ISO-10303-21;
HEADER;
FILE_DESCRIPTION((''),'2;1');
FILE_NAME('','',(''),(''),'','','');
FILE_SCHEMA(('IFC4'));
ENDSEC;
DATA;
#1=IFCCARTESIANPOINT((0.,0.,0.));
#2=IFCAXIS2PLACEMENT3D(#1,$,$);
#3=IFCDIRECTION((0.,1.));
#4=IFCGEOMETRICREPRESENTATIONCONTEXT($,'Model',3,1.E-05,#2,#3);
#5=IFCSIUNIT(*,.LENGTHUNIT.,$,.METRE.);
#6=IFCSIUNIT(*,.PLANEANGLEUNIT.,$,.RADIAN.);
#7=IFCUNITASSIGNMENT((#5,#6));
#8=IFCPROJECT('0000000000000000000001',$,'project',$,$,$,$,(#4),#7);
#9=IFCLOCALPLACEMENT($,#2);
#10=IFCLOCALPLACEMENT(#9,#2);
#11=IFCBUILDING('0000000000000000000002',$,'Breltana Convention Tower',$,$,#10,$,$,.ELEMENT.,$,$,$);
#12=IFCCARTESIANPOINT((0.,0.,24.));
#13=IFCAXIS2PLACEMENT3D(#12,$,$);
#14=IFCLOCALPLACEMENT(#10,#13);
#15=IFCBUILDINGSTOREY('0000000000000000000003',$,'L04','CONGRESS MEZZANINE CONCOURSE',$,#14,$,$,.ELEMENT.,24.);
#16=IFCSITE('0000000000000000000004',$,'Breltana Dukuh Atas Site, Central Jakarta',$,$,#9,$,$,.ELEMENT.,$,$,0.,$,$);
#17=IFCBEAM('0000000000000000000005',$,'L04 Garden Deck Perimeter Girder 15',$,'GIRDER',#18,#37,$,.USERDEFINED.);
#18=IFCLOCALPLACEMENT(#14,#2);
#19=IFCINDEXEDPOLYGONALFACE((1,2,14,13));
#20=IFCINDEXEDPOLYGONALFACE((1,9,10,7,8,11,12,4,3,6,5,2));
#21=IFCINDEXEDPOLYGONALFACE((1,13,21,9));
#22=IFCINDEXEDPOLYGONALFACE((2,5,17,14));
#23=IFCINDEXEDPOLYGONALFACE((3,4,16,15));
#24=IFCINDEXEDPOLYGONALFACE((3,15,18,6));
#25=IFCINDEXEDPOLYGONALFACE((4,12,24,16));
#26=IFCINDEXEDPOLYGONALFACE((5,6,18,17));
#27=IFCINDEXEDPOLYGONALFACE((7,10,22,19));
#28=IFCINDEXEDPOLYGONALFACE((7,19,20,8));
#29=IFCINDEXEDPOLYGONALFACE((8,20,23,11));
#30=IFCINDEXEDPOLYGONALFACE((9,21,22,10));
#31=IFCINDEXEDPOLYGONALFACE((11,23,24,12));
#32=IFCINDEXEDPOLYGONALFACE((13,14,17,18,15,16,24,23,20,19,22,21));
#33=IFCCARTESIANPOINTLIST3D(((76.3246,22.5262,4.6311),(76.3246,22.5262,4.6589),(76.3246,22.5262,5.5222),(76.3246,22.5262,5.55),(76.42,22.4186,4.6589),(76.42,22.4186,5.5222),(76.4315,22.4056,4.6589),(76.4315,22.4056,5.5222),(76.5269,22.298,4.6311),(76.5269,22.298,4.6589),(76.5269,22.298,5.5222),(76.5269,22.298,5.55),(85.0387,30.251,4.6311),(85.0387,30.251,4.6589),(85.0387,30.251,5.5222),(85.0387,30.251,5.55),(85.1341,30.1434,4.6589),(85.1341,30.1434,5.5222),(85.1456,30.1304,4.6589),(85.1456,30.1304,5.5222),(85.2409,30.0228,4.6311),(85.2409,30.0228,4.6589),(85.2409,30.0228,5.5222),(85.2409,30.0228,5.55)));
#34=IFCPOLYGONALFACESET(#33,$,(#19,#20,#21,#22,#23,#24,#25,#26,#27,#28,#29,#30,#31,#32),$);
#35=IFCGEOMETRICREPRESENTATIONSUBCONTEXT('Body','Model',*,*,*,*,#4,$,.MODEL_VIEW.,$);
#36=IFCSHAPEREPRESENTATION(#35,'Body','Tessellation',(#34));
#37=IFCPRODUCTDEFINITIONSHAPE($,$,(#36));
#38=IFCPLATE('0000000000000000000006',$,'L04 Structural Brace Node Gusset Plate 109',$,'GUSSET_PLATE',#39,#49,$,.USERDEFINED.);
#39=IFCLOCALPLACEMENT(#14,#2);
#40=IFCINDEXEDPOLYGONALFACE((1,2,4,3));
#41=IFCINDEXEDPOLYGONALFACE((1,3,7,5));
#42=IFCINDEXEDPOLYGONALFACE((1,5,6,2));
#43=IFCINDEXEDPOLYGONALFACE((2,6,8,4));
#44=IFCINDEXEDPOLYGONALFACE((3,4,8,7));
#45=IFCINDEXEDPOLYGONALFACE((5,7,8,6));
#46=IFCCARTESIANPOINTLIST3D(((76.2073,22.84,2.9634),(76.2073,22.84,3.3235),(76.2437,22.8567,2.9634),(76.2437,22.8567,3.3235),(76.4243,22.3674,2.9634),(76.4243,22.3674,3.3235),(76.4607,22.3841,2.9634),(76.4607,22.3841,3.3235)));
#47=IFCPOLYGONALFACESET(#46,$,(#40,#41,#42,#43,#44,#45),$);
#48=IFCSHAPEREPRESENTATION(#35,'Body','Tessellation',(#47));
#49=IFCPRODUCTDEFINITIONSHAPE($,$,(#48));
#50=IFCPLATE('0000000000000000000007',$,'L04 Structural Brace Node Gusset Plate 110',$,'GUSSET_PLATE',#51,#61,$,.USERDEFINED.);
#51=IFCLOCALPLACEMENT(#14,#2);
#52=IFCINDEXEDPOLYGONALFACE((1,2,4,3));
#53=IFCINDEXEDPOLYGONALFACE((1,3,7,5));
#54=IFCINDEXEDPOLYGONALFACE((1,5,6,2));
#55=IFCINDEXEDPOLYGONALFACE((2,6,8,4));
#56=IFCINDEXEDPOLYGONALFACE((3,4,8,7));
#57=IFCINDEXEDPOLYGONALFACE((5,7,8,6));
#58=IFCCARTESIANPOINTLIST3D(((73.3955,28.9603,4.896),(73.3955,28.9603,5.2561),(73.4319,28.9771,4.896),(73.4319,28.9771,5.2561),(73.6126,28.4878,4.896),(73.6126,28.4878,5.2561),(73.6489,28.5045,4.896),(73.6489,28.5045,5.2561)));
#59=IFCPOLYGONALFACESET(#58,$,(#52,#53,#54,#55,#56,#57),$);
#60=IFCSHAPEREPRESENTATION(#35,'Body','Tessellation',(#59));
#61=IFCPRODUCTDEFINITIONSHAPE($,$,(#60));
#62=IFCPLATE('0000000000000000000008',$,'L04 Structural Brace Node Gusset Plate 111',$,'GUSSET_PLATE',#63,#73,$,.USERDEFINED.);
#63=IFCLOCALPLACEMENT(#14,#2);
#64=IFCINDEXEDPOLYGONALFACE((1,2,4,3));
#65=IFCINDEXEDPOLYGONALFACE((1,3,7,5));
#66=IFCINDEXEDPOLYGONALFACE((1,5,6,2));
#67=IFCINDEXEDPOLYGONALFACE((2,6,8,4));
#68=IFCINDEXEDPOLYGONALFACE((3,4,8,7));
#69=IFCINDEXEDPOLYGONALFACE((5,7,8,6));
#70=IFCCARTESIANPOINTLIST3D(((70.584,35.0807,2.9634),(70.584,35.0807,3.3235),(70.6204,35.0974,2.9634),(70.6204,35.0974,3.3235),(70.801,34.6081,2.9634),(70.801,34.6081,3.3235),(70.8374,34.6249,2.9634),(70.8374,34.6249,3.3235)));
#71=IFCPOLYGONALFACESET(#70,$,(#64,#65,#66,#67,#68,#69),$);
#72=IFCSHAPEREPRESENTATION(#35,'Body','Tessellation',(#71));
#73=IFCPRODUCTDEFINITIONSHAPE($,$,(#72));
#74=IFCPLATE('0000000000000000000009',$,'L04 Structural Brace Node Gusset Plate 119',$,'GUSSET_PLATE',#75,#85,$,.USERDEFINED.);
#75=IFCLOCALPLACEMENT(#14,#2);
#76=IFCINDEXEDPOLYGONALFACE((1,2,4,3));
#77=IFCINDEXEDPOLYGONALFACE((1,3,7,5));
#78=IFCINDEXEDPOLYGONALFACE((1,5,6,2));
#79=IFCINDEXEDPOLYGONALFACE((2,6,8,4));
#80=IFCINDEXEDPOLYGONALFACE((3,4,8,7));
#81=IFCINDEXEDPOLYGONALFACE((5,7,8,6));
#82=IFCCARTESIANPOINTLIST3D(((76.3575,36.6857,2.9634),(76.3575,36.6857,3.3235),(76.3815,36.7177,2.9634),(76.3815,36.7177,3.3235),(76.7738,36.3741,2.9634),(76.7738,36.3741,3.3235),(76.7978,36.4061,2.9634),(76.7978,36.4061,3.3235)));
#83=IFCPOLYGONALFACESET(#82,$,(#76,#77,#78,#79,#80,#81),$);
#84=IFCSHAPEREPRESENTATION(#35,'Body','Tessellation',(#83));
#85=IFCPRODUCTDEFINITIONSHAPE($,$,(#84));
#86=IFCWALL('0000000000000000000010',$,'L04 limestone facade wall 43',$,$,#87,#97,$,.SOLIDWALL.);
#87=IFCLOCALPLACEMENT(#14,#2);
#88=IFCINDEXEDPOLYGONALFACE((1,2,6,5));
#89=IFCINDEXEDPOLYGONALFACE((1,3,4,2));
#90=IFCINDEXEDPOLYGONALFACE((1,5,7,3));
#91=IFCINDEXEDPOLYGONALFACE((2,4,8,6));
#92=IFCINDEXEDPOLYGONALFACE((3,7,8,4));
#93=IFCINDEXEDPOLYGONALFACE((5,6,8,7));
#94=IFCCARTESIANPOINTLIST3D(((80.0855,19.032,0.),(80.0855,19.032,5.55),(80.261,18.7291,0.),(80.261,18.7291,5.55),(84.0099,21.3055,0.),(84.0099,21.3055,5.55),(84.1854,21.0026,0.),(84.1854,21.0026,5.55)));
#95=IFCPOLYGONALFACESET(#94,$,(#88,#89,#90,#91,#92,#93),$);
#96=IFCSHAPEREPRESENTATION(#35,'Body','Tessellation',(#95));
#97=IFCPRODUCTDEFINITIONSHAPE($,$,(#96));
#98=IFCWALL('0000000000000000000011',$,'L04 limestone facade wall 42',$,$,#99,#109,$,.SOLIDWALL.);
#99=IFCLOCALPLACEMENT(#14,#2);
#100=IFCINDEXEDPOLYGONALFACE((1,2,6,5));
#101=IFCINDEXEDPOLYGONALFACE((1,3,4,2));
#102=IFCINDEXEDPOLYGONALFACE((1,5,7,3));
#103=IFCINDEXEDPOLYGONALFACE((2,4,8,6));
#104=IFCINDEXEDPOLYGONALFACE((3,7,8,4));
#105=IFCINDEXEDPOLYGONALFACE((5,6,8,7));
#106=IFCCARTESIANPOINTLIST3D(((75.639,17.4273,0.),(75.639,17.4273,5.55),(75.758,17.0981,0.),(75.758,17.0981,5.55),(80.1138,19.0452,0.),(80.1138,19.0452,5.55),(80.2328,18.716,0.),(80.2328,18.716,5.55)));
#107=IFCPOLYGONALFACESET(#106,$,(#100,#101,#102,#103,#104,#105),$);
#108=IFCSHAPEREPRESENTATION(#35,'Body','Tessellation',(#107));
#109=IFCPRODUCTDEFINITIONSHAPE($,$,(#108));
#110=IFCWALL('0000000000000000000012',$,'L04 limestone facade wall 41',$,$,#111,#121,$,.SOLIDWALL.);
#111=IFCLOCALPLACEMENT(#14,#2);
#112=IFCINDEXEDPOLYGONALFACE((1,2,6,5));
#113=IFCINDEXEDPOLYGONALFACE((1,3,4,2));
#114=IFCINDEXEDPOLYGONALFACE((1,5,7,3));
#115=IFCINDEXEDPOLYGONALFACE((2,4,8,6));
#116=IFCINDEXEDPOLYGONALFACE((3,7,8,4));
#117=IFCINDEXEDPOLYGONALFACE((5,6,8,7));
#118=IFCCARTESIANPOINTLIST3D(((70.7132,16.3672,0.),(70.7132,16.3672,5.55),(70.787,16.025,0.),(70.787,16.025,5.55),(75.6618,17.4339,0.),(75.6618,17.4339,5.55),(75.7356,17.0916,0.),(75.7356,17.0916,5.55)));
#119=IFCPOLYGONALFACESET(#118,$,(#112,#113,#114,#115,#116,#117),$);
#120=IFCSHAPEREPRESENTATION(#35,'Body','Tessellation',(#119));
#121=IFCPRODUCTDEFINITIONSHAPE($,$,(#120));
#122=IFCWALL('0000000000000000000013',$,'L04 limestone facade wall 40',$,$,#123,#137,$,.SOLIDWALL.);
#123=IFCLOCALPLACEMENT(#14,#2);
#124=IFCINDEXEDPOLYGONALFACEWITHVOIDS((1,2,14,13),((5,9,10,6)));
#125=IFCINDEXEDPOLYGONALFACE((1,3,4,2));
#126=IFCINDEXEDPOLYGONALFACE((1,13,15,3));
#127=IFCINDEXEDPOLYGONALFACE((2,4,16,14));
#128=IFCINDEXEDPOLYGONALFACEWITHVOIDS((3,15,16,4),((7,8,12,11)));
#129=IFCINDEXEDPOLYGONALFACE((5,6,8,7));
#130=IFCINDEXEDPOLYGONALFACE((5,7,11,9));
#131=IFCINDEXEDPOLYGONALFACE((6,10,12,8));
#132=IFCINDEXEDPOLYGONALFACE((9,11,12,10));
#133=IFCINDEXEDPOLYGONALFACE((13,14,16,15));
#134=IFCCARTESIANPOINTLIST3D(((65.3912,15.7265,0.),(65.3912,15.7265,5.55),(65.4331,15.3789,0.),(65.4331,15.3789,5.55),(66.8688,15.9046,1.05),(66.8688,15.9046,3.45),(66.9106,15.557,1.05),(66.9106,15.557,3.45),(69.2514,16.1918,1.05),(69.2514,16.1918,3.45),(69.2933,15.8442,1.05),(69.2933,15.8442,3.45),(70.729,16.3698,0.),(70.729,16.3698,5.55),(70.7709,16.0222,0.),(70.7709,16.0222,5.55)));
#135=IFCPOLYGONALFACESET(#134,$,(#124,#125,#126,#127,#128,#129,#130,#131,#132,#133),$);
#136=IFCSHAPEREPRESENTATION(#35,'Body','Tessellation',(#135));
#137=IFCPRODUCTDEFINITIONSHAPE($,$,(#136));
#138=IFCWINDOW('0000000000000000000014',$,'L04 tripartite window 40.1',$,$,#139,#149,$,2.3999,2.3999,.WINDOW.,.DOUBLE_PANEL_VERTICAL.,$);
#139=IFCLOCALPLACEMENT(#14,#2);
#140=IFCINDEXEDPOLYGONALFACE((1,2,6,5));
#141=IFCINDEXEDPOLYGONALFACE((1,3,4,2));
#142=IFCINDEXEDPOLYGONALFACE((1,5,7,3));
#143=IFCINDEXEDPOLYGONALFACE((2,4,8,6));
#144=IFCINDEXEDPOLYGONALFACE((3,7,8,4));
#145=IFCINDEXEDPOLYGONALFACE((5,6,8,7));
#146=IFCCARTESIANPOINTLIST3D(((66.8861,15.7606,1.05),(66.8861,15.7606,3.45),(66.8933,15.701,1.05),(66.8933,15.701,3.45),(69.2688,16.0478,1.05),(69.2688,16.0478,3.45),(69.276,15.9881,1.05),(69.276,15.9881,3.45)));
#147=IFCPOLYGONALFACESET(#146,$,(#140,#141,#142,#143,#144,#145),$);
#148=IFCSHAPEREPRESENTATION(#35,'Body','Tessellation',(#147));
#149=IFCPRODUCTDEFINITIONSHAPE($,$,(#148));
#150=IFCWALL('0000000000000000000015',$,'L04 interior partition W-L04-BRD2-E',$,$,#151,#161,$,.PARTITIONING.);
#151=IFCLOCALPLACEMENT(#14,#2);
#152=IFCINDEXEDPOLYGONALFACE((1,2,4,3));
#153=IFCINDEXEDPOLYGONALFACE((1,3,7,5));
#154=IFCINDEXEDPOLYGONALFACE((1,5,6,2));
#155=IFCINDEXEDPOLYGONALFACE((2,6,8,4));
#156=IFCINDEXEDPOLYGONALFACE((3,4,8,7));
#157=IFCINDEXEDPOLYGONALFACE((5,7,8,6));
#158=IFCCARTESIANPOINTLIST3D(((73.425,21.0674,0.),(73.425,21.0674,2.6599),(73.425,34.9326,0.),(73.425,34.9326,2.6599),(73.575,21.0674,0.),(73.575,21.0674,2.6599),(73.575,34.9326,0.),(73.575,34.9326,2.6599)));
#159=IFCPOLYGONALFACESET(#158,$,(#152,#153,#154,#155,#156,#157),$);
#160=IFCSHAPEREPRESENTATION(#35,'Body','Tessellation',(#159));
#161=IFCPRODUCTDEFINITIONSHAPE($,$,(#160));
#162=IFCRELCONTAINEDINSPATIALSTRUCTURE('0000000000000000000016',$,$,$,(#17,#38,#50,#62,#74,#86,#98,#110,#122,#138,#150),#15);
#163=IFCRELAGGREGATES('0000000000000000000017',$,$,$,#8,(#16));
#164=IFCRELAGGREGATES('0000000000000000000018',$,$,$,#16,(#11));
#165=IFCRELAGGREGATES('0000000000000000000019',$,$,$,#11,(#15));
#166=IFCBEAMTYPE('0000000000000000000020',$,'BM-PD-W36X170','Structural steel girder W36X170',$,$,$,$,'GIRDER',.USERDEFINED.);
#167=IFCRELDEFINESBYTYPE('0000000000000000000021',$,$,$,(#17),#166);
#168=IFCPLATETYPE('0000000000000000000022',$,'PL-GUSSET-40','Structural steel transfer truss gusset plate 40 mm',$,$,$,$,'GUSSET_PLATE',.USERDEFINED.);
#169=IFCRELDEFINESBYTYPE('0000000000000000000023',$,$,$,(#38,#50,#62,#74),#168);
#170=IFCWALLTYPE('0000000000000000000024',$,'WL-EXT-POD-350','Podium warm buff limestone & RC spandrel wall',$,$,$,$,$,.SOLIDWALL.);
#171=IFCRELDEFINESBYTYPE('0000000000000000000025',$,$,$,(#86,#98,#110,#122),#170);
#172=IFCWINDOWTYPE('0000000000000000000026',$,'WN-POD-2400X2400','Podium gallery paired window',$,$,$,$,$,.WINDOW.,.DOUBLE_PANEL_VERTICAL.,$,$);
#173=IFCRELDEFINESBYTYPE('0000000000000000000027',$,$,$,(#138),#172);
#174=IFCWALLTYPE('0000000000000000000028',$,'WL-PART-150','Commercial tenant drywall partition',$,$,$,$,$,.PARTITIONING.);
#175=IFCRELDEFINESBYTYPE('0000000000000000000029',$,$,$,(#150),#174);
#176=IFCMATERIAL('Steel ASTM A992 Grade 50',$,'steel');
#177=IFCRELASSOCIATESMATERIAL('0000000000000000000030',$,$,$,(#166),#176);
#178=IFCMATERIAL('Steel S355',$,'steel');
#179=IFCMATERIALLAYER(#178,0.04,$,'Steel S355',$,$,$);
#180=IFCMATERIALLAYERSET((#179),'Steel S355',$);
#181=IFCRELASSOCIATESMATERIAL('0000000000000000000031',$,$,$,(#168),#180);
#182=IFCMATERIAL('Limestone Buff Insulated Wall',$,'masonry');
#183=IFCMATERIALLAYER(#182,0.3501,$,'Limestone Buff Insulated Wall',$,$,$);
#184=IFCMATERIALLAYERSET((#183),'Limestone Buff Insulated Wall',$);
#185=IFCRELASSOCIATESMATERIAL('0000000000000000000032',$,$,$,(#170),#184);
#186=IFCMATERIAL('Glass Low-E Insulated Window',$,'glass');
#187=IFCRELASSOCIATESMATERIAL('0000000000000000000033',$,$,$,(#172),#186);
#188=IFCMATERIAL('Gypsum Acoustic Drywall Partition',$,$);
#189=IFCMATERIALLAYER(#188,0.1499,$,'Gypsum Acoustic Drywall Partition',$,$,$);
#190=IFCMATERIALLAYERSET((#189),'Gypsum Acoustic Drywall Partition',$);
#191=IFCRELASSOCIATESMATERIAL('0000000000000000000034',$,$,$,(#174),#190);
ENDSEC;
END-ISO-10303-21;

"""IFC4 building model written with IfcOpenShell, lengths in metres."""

from ifc_helpers import new_model, si_unit, direction, frame, frame_2d, origin, origin_2d, place, context, subcontext, project, spatial, rectangle, i_section, extrude, source, transform, mapped, material, layer, layer_set, material_profile, profile_set, type_object, type_shapes, element, fill, save


model = new_model("IFC4")

# Units and contexts
model_context = context("Model", 3, precision=1e-05, world=origin(), true_north=direction((0.0, 1.0)))
body_context = subcontext(model_context, "Body", "Model", "MODEL_VIEW")
ifc_project = project(units=[si_unit("LENGTHUNIT", "METRE"), si_unit("PLANEANGLEUNIT", "RADIAN")], contexts=[model_context])

# Site, building, storey
site_placement = place(None, origin())
site = spatial("IfcSite", under=ifc_project, at=site_placement, Name="Breltana Dukuh Atas Site, Central Jakarta", CompositionType="ELEMENT", RefElevation=0.0)
building_placement = place(site_placement, origin())
building = spatial("IfcBuilding", under=site, at=building_placement, Name="Breltana Convention Tower", CompositionType="ELEMENT")
storey_placement = place(building_placement, frame((0.0, 0.0, 24.0)))
storey = spatial("IfcBuildingStorey", under=building, at=storey_placement, Name="L04", Description="CONGRESS MEZZANINE CONCOURSE", CompositionType="ELEMENT", Elevation=24.0)

# Shared definitions
ifc_material_1 = material(Name="Steel ASTM A992 Grade 50", Category="steel")

# Beam
ifc_material_profile_1 = material_profile(ifc_material_1, i_section(OverallWidth=0.3049, OverallDepth=0.9189, WebThickness=0.0173, FlangeThickness=0.0278, at=origin_2d()), Name="W36X170")
ifc_profile_set_1 = profile_set([ifc_material_profile_1], Name="Steel ASTM A992 Grade 50")
beam_type_1 = type_object("IfcBeamType", Name="BM-PD-W36X170", Description="Structural steel girder W36X170", ElementType="GIRDER", PredefinedType="USERDEFINED", material=ifc_profile_set_1)
shared_shape_1 = source(origin(), body_context, "Body", "SweptSolid", [
    extrude(i_section(OverallWidth=0.3049, OverallDepth=0.9189, WebThickness=0.0173, FlangeThickness=0.0278, at=origin_2d()), origin(), (0.0, 0.0, 1.0), 11.645),
])
beam_1_placement = place(storey_placement, frame((76.4258, 22.4121, 5.0906), z_axis=(0.748305, 0.663355, 0.0), x_axis=(-0.663355, 0.748305, 0.0)))
element("IfcBeam", 1, at=beam_1_placement, inside=storey, type_object=beam_type_1, Name="L04 Garden Deck Perimeter Girder 15", ObjectType="GIRDER", PredefinedType="USERDEFINED", context=body_context, shape_type="MappedRepresentation", body=[
    mapped(shared_shape_1, transform((0.0, 0.0, 0.0), scale=1.0)),
])

# Plates
ifc_material_2 = material(Name="Steel S355", Category="steel")
ifc_layer_1 = layer(ifc_material_2, 0.04, Name="Steel S355")
ifc_layer_set_1 = layer_set([ifc_layer_1], Name="Steel S355")
plate_type = type_object("IfcPlateType", Name="PL-GUSSET-40", Description="Structural steel transfer truss gusset plate 40 mm", ElementType="GUSSET_PLATE", PredefinedType="USERDEFINED", material=ifc_layer_set_1)
shared_shape_2 = source(origin(), body_context, "Body", "SweptSolid", [
    extrude(rectangle(XDim=0.52, YDim=0.04, at=origin_2d()), origin(), (0.0, 0.0, 1.0), 0.3601),
])
for number, where, z_axis, x_axis, name in (
    (2, (76.334, 22.6121, 2.9634), (0.0, 0.0, 1.0), (-0.417391, 0.908727, 0.0), "L04 Structural Brace Node Gusset Plate 109"),
    (3, (73.5222, 28.7324, 4.896), (0.0, 0.0, 1.0), (-0.417391, 0.908727, 0.0), "L04 Structural Brace Node Gusset Plate 110"),
    (4, (70.7107, 34.8528, 2.9634), (0.0, 0.0, 1.0), (-0.417391, 0.908727, 0.0), "L04 Structural Brace Node Gusset Plate 111"),
    (5, (76.5776, 36.5459, 2.9634), (0.0, 0.0, 1.0), (-0.800627, 0.599163, 0.0), "L04 Structural Brace Node Gusset Plate 119"),
):
    element("IfcPlate", number, at=place(storey_placement, frame(where, z_axis=z_axis, x_axis=x_axis)), inside=storey, type_object=plate_type, Name=name, ObjectType="GUSSET_PLATE", PredefinedType="USERDEFINED", context=body_context, shape_type="MappedRepresentation", body=[
        mapped(shared_shape_2, transform((0.0, 0.0, 0.0), scale=1.0)),
    ])

# Walls
ifc_material_3 = material(Name="Limestone Buff Insulated Wall", Category="masonry")
ifc_layer_2 = layer(ifc_material_3, 0.3501, Name="Limestone Buff Insulated Wall")
ifc_layer_set_2 = layer_set([ifc_layer_2], Name="Limestone Buff Insulated Wall")
wall_type_1 = type_object("IfcWallType", Name="WL-EXT-POD-350", Description="Podium warm buff limestone & RC spandrel wall", PredefinedType="SOLIDWALL", material=ifc_layer_set_2)
shared_shape_3 = source(origin(), body_context, "Body", "SweptSolid", [
    extrude(rectangle(XDim=4.5354, YDim=0.3501, at=frame_2d((2.2676, 0.0))), origin(), (0.0, 0.0, 1.0), 5.55),
])
wall_1_placement = place(storey_placement, frame((80.1733, 18.8806, 0.0), z_axis=(0.0, 0.0, 1.0), x_axis=(0.865286, 0.501278, 0.0)))
element("IfcWall", 6, at=wall_1_placement, inside=storey, type_object=wall_type_1, Name="L04 limestone facade wall 43", PredefinedType="SOLIDWALL", context=body_context, shape_type="MappedRepresentation", body=[
    mapped(shared_shape_3, transform((0.0, 0.0, 0.0), scale=1.0)),
])
shared_shape_4 = source(origin(), body_context, "Body", "SweptSolid", [
    extrude(rectangle(XDim=4.7583, YDim=0.3501, at=frame_2d((2.3792, 0.0))), origin(), (0.0, 0.0, 1.0), 5.55),
])
wall_2_placement = place(storey_placement, frame((75.6985, 17.2627, 0.0), z_axis=(0.0, 0.0, 1.0), x_axis=(0.94042, 0.340016, 0.0)))
element("IfcWall", 7, at=wall_2_placement, inside=storey, type_object=wall_type_1, Name="L04 limestone facade wall 42", PredefinedType="SOLIDWALL", context=body_context, shape_type="MappedRepresentation", body=[
    mapped(shared_shape_4, transform((0.0, 0.0, 0.0), scale=1.0)),
])
shared_shape_5 = source(origin(), body_context, "Body", "SweptSolid", [
    extrude(rectangle(XDim=5.0623, YDim=0.3501, at=frame_2d((2.5312, 0.0))), origin(), (0.0, 0.0, 1.0), 5.55),
])
wall_3_placement = place(storey_placement, frame((70.75, 16.196, 0.0), z_axis=(0.0, 0.0, 1.0), x_axis=(0.977548, 0.210711, 0.0)))
element("IfcWall", 8, at=wall_3_placement, inside=storey, type_object=wall_type_1, Name="L04 limestone facade wall 41", PredefinedType="SOLIDWALL", context=body_context, shape_type="MappedRepresentation", body=[
    mapped(shared_shape_5, transform((0.0, 0.0, 0.0), scale=1.0)),
])

# Wall, opening, window
shared_shape_6 = source(origin(), body_context, "Body", "SweptSolid", [
    extrude(rectangle(XDim=5.3765, YDim=0.3501, at=frame_2d((2.6882, 0.0))), origin(), (0.0, 0.0, 1.0), 5.55),
])
wall_4_placement = place(storey_placement, frame((65.4121, 15.5527, 0.0), z_axis=(0.0, 0.0, 1.0), x_axis=(0.992816, 0.119652, 0.0)))
wall_4 = element("IfcWall", 9, at=wall_4_placement, inside=storey, type_object=wall_type_1, Name="L04 limestone facade wall 40", PredefinedType="SOLIDWALL", context=body_context, shape_type="MappedRepresentation", body=[
    mapped(shared_shape_6, transform((0.0, 0.0, 0.0), scale=1.0)),
])
opening_placement = place(wall_4_placement, frame((1.4883, 0.0, 1.05)))
opening = element("IfcOpeningElement", 10, at=opening_placement, cuts=wall_4, PredefinedType="OPENING", context=body_context, shape_type="SweptSolid", body=[
    extrude(rectangle(XDim=2.3999, YDim=2.3999, at=frame_2d((1.2, 1.2))), frame((0.0, 0.1851, 0.0), z_axis=(0.0, -1.0, 0.0), x_axis=(1.0, 0.0, 0.0)), (0.0, 0.0, 1.0), 0.3701),
])
ifc_material_4 = material(Name="Glass Low-E Insulated Window", Category="glass")
window_type = type_object("IfcWindowType", Name="WN-POD-2400X2400", Description="Podium gallery paired window", PartitioningType="DOUBLE_PANEL_VERTICAL", PredefinedType="WINDOW", material=ifc_material_4)
shared_shape_7 = source(origin(), body_context, "Body", "SweptSolid", [
    extrude(rectangle(XDim=2.3999, YDim=2.3999, at=frame_2d((1.2, 1.2))), frame((0.0, 0.03, 0.0), z_axis=(0.0, -1.0, 0.0), x_axis=(1.0, 0.0, 0.0)), (0.0, 0.0, 1.0), 0.0601),
])
type_shapes(window_type, [shared_shape_7])
window_placement = place(opening_placement, origin())
window = element("IfcWindow", 11, at=window_placement, inside=storey, type_object=window_type, Name="L04 tripartite window 40.1", OverallHeight=2.3999, OverallWidth=2.3999, PartitioningType="DOUBLE_PANEL_VERTICAL", PredefinedType="WINDOW", context=body_context, shape_type="MappedRepresentation", body=[
    mapped(shared_shape_7, transform((0.0, 0.0, 0.0), scale=1.0)),
])
fill(opening, window)

# Wall
ifc_material_5 = material(Name="Gypsum Acoustic Drywall Partition")
ifc_layer_3 = layer(ifc_material_5, 0.1499, Name="Gypsum Acoustic Drywall Partition")
ifc_layer_set_3 = layer_set([ifc_layer_3], Name="Gypsum Acoustic Drywall Partition")
wall_type_2 = type_object("IfcWallType", Name="WL-PART-150", Description="Commercial tenant drywall partition", PredefinedType="PARTITIONING", material=ifc_layer_set_3)
shared_shape_8 = source(origin(), body_context, "Body", "SweptSolid", [
    extrude(rectangle(XDim=13.8652, YDim=0.1499, at=frame_2d((6.9326, 0.0))), origin(), (0.0, 0.0, 1.0), 2.6599),
])
wall_5_placement = place(storey_placement, frame((73.5, 21.0674, 0.0), z_axis=(0.0, 0.0, 1.0), x_axis=(0.0, 1.0, 0.0)))
element("IfcWall", 12, at=wall_5_placement, inside=storey, type_object=wall_type_2, Name="L04 interior partition W-L04-BRD2-E", PredefinedType="PARTITIONING", context=body_context, shape_type="MappedRepresentation", body=[
    mapped(shared_shape_8, transform((0.0, 0.0, 0.0), scale=1.0)),
])

save(model, "model.ifc")
